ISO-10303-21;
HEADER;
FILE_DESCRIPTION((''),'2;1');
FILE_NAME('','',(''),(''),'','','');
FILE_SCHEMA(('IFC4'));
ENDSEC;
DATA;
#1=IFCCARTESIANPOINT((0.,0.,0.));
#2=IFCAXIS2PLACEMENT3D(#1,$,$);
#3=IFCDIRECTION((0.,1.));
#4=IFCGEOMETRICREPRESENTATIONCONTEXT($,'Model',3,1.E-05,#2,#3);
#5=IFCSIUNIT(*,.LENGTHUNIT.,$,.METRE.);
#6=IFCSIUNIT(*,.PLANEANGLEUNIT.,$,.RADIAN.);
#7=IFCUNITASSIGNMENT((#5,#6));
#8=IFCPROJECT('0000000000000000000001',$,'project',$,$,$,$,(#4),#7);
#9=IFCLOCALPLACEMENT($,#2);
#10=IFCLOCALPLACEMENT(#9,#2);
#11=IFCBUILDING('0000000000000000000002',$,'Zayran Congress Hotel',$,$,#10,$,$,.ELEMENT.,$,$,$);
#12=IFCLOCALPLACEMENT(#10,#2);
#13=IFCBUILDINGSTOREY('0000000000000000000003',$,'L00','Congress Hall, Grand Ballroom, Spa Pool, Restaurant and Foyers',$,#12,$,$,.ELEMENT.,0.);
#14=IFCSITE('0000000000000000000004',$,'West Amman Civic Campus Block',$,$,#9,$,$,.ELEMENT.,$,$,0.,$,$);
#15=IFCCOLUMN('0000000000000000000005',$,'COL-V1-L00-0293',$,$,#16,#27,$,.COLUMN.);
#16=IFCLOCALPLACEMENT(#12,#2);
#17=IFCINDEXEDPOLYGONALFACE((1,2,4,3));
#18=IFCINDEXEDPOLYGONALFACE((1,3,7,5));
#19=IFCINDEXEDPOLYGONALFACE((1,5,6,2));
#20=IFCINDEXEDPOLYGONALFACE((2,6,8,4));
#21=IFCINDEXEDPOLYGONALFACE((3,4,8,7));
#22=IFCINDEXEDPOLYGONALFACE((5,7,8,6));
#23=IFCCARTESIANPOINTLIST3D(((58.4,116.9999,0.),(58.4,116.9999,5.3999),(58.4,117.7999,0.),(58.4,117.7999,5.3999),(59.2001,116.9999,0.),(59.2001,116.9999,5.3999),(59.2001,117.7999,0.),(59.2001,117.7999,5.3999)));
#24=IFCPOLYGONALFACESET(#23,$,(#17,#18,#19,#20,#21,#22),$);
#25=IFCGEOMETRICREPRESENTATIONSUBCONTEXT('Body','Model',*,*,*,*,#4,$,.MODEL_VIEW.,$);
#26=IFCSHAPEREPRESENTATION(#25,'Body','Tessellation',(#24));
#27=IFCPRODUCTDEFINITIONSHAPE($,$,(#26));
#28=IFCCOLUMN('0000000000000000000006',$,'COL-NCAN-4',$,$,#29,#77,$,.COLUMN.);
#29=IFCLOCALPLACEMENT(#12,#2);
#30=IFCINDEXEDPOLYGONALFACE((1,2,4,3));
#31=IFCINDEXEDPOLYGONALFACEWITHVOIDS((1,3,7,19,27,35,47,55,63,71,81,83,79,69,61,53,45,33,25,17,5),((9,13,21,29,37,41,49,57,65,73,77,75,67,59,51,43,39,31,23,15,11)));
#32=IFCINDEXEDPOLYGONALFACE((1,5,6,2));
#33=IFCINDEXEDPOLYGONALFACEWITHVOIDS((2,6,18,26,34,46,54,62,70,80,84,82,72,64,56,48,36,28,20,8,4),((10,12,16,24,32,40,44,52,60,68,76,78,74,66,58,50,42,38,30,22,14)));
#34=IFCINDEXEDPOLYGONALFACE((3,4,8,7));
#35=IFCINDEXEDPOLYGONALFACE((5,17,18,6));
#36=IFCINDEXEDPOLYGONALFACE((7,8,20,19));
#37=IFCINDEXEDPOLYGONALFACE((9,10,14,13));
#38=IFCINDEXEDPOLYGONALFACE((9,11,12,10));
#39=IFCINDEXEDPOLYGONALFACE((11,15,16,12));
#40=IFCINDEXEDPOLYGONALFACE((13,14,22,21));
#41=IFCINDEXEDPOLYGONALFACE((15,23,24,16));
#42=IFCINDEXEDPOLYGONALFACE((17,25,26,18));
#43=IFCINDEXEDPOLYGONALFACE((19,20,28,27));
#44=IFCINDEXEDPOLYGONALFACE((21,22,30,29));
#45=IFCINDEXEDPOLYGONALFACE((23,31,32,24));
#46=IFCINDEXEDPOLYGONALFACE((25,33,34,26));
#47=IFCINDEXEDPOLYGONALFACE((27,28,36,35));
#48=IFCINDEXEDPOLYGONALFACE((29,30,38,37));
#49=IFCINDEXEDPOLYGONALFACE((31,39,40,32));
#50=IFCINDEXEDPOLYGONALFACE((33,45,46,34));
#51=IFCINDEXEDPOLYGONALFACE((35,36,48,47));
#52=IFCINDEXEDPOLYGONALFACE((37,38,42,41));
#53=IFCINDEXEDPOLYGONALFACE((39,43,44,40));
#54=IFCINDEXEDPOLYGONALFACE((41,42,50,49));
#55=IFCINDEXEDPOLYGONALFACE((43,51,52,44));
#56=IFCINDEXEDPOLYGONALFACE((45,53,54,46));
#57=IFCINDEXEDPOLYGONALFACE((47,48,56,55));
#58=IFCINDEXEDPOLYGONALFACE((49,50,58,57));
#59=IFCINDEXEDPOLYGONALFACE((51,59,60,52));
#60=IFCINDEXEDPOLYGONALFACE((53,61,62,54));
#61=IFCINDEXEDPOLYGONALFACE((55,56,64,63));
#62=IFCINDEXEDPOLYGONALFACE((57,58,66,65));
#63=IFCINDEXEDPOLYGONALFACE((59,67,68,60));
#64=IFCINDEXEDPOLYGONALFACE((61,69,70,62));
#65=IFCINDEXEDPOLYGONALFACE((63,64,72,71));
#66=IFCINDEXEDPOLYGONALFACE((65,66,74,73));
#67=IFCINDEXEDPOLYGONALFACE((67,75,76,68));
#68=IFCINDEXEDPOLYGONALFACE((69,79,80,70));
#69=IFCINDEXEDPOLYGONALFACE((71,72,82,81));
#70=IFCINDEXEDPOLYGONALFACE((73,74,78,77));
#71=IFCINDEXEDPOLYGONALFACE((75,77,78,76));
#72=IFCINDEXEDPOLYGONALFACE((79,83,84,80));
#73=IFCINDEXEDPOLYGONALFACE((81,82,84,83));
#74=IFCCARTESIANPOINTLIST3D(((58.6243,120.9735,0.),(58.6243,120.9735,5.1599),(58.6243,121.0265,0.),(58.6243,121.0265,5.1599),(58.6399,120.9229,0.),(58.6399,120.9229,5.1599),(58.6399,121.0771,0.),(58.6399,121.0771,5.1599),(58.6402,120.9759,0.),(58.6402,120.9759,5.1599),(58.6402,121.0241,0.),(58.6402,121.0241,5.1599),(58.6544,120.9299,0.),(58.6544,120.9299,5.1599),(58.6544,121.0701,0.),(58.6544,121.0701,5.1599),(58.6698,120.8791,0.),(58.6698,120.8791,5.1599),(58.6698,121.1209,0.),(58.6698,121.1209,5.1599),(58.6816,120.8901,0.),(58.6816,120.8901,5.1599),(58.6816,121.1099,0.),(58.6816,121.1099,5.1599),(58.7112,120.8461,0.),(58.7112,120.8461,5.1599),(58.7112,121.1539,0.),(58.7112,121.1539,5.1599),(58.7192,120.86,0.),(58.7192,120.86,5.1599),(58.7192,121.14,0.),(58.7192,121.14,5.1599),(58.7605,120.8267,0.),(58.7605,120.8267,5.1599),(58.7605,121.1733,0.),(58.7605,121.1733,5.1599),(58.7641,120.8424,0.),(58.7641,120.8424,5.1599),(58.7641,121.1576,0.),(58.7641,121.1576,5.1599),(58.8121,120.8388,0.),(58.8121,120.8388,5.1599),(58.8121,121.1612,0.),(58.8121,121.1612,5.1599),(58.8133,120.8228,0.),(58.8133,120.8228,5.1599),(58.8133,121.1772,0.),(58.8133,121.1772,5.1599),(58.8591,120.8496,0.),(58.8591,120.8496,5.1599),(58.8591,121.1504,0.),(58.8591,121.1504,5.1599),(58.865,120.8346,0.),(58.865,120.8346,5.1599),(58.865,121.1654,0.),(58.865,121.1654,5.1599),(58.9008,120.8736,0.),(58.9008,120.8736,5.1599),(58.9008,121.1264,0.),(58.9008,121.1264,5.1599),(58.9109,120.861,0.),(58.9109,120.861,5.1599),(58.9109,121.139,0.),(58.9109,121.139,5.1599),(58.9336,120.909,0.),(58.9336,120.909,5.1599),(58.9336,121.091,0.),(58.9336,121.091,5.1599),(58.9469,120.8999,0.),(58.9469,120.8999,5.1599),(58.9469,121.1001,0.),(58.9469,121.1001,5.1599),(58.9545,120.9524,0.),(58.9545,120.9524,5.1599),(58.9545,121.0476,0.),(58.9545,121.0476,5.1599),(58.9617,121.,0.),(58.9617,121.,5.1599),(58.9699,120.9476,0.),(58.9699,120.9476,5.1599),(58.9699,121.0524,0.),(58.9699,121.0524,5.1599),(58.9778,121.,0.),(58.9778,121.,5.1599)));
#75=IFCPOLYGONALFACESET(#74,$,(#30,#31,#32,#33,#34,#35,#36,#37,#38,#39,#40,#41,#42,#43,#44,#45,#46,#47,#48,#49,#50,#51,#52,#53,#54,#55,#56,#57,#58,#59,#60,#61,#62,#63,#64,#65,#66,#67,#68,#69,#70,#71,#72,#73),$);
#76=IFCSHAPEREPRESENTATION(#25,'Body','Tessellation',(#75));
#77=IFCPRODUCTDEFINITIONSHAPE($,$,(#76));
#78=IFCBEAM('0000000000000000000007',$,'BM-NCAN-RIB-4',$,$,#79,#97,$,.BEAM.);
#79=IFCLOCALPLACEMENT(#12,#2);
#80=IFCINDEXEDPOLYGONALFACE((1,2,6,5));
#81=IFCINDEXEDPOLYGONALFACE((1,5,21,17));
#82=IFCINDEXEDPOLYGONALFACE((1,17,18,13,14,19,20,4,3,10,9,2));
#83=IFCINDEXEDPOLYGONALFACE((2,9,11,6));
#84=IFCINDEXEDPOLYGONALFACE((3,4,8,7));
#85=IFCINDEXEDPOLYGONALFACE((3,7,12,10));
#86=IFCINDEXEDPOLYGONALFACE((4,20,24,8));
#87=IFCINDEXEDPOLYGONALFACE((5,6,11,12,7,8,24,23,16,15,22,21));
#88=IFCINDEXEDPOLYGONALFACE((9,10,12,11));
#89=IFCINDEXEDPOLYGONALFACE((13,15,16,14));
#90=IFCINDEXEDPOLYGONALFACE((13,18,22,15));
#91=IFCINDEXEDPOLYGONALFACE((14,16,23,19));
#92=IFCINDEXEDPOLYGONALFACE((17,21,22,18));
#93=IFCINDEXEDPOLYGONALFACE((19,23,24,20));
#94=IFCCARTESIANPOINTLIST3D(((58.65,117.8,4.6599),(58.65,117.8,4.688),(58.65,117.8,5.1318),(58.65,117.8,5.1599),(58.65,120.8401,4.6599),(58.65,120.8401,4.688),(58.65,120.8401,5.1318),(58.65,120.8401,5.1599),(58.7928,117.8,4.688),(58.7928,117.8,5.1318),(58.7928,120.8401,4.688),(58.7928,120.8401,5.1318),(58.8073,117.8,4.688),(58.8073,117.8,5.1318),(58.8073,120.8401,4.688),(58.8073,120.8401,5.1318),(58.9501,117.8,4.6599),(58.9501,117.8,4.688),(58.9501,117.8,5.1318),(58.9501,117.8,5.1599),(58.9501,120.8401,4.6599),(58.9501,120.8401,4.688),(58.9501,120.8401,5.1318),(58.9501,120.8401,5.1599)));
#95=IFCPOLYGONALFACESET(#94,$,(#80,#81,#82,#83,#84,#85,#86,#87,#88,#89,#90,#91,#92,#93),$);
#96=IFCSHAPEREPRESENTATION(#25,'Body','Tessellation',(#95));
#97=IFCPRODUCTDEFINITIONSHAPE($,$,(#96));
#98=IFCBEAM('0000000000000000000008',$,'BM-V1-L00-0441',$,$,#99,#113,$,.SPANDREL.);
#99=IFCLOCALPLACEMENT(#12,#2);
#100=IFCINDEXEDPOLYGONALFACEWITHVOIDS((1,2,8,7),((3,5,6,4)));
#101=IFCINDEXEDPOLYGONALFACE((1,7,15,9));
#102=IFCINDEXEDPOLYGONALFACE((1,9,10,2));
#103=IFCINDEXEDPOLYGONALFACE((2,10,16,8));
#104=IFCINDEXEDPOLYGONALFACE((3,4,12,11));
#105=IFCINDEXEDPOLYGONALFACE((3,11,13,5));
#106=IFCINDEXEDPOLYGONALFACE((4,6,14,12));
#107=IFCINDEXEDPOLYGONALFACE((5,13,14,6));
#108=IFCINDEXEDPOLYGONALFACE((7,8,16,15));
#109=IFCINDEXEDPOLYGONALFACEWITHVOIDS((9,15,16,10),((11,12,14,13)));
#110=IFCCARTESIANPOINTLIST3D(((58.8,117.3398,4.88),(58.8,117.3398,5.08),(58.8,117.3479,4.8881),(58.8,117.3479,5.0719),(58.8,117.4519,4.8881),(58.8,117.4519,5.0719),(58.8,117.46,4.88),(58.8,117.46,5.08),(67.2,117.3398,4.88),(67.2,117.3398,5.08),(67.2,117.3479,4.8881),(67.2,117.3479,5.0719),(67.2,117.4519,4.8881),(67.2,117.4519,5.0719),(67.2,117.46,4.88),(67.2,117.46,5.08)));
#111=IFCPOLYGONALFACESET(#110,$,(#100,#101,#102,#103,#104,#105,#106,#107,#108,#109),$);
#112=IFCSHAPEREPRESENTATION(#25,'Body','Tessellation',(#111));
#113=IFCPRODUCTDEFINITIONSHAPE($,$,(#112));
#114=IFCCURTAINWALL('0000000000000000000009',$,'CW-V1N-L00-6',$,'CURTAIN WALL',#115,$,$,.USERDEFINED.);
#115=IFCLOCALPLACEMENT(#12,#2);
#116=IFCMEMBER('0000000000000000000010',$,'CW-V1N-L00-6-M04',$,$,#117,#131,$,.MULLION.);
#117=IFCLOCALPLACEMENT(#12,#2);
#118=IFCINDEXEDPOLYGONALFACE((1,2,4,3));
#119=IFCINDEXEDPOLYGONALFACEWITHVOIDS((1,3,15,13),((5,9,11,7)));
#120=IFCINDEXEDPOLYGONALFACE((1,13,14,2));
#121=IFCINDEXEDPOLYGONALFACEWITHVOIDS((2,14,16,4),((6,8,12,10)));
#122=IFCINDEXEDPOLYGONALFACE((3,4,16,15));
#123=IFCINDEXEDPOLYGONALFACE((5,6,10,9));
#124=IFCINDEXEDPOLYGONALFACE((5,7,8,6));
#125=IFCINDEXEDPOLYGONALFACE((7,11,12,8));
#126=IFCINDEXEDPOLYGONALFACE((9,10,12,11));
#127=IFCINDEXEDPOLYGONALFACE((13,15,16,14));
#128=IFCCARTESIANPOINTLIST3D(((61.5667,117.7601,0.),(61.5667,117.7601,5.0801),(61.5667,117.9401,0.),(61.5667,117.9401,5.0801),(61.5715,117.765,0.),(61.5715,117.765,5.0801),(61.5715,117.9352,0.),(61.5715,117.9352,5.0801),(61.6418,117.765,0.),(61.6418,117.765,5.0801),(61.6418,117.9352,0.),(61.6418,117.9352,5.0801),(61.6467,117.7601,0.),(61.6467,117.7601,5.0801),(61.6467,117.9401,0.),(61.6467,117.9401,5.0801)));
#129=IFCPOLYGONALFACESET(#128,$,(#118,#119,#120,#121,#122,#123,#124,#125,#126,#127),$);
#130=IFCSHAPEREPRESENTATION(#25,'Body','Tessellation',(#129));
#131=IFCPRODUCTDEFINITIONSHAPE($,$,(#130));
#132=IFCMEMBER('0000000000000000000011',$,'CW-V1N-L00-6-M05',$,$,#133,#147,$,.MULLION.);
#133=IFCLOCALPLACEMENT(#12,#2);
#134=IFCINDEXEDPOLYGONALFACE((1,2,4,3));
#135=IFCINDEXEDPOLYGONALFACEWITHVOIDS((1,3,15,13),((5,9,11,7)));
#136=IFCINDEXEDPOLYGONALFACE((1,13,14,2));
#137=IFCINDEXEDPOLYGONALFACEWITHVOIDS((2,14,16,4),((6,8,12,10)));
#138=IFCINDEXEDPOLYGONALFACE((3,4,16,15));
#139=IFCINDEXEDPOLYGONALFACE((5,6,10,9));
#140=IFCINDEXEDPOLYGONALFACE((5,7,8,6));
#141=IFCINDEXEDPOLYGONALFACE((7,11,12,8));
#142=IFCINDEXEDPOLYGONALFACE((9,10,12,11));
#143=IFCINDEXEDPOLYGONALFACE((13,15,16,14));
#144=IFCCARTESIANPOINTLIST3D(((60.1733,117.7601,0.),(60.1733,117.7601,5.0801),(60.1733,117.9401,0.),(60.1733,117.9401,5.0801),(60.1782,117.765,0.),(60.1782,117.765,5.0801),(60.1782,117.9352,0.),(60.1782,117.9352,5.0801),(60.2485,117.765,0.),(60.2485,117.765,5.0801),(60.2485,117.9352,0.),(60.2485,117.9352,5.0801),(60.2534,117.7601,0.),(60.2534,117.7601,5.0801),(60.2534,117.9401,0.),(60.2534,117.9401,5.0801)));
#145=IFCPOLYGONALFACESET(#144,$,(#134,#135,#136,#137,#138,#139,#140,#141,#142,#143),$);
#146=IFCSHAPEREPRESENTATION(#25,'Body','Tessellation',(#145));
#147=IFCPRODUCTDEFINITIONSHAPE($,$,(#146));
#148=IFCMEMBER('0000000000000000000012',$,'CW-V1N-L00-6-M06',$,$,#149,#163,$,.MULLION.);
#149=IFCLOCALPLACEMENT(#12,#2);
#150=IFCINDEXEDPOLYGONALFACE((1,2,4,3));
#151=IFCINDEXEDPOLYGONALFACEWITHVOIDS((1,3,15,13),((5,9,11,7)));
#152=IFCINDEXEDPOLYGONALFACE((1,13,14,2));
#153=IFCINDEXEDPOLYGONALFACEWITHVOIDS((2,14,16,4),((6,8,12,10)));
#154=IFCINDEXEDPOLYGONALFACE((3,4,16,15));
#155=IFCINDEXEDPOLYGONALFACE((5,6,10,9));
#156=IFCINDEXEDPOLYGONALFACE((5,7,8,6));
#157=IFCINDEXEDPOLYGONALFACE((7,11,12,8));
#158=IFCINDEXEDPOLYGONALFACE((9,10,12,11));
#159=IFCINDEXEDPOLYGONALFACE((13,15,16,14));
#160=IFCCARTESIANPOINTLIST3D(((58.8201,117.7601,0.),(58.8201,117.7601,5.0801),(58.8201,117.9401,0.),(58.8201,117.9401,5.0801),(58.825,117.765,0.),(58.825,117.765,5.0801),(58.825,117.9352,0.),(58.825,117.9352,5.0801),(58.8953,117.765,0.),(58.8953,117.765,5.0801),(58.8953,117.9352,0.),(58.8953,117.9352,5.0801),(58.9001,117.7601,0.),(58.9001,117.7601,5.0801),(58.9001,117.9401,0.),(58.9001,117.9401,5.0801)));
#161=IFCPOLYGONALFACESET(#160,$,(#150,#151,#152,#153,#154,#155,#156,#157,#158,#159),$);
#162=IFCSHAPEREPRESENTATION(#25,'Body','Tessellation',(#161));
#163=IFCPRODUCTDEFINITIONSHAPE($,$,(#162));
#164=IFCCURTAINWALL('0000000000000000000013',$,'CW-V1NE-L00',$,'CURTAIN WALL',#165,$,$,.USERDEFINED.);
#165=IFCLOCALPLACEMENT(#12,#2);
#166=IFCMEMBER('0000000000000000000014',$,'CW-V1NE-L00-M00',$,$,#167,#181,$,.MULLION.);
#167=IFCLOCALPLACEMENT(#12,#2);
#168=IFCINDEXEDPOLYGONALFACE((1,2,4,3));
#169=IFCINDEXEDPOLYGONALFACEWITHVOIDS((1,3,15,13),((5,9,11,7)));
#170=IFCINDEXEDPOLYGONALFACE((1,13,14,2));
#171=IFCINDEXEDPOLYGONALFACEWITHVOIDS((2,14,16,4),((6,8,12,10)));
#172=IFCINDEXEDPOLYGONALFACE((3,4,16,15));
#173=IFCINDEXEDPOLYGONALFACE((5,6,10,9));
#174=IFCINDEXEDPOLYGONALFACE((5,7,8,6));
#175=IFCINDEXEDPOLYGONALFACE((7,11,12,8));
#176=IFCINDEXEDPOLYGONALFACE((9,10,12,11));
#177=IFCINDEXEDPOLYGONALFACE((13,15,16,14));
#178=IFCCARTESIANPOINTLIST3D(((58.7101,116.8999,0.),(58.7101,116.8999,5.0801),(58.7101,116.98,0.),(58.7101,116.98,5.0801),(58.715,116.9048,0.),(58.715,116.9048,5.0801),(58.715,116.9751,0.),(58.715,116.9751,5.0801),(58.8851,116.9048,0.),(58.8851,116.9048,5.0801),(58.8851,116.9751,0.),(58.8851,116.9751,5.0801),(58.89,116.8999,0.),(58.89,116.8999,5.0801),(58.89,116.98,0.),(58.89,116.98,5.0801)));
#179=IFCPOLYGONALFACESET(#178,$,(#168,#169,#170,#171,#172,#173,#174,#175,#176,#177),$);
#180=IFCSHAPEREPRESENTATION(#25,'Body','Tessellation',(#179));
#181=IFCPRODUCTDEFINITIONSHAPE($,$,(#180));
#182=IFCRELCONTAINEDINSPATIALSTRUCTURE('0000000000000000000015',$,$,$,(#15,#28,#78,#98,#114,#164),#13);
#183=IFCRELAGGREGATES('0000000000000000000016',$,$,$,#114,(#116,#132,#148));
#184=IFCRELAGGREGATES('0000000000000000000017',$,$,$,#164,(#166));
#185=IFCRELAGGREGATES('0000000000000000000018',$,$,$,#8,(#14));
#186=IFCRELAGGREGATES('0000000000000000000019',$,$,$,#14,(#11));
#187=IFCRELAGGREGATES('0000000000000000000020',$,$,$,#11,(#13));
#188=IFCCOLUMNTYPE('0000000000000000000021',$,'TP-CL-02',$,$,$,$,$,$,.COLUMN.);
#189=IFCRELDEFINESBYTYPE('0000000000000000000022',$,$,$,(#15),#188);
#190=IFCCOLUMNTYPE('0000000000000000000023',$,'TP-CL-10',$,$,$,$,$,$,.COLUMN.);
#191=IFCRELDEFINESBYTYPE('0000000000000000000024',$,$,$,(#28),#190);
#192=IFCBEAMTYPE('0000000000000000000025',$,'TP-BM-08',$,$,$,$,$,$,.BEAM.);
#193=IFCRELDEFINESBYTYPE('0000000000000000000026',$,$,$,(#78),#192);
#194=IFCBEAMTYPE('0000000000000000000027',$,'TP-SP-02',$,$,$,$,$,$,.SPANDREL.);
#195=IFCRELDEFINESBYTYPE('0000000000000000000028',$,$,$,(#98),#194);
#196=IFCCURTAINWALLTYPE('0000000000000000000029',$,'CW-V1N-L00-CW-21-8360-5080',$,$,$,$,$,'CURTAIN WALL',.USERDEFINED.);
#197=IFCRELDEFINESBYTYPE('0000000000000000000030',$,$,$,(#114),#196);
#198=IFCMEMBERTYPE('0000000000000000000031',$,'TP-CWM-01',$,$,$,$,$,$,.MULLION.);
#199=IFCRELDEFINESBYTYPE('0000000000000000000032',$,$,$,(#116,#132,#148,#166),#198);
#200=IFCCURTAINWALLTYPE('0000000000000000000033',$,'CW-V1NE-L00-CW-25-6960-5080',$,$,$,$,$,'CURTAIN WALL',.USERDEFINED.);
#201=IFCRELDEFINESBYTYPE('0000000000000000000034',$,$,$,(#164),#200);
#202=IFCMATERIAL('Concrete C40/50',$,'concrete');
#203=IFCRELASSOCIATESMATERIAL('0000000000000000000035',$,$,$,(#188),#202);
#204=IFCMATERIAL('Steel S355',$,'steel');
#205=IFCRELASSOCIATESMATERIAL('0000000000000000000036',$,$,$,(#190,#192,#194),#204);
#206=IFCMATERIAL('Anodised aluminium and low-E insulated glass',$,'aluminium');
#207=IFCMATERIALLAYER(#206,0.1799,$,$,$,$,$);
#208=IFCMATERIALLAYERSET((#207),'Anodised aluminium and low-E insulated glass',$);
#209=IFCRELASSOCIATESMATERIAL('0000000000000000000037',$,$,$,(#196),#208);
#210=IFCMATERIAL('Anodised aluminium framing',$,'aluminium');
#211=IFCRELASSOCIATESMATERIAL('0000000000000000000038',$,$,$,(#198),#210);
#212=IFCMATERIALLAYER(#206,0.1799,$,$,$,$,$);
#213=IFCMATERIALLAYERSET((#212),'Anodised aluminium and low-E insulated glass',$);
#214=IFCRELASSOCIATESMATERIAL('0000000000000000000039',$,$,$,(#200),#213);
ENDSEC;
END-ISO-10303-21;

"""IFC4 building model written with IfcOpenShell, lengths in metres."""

from ifc_helpers import new_model, si_unit, direction, frame, origin, origin_2d, place, context, subcontext, project, spatial, rectangle, hollow_rectangle, hollow_circle, i_section, extrude, material, layer, layer_set, material_profile, profile_set, type_object, element, aggregate, save


model = new_model("IFC4")

# Units and contexts
model_context = context("Model", 3, precision=1e-05, world=origin(), true_north=direction((0.0, 1.0)))
body_context = subcontext(model_context, "Body", "Model", "MODEL_VIEW")
ifc_project = project(units=[si_unit("LENGTHUNIT", "METRE"), si_unit("PLANEANGLEUNIT", "RADIAN")], contexts=[model_context])

# Site, building, storey
site_placement = place(None, origin())
site = spatial("IfcSite", under=ifc_project, at=site_placement, Name="West Amman Civic Campus Block", CompositionType="ELEMENT", RefElevation=0.0)
building_placement = place(site_placement, origin())
building = spatial("IfcBuilding", under=site, at=building_placement, Name="Zayran Congress Hotel", CompositionType="ELEMENT")
storey_placement = place(building_placement, origin())
storey = spatial("IfcBuildingStorey", under=building, at=storey_placement, Name="L00", Description="Congress Hall, Grand Ballroom, Spa Pool, Restaurant and Foyers", CompositionType="ELEMENT", Elevation=0.0)

# Columns
ifc_material_1 = material(Name="Concrete C40/50", Category="concrete")
ifc_material_profile_1 = material_profile(ifc_material_1, rectangle(XDim=0.8, YDim=0.8, at=origin_2d()), Name="RC 800x800")
ifc_profile_set_1 = profile_set([ifc_material_profile_1], Name="Concrete C40/50")
column_type_1 = type_object("IfcColumnType", Name="TP-CL-02", PredefinedType="COLUMN", material=ifc_profile_set_1)
column_1_placement = place(storey_placement, frame((58.8, 117.3999, 0.0), z_axis=(0.0, 0.0, 1.0), x_axis=(1.0, 0.0, 0.0)))
element("IfcColumn", 1, at=column_1_placement, inside=storey, type_object=column_type_1, Name="COL-V1-L00-0293", PredefinedType="COLUMN", context=body_context, shape_type="SweptSolid", body=[
    extrude(rectangle(XDim=0.8, YDim=0.8, at=origin_2d()), origin(), (0.0, 0.0, 1.0), 5.3999),
])
ifc_material_2 = material(Name="Steel S355", Category="steel")
ifc_material_profile_2 = material_profile(ifc_material_2, hollow_circle(Radius=0.1777, WallThickness=0.0161, at=origin_2d()), Name="CHS 355.6x16")
ifc_profile_set_2 = profile_set([ifc_material_profile_2], Name="Steel S355")
column_type_2 = type_object("IfcColumnType", Name="TP-CL-10", PredefinedType="COLUMN", material=ifc_profile_set_2)
column_2_placement = place(storey_placement, frame((58.8, 121.0, 0.0), z_axis=(0.0, 0.0, 1.0), x_axis=(1.0, 0.0, 0.0)))
element("IfcColumn", 2, at=column_2_placement, inside=storey, type_object=column_type_2, Name="COL-NCAN-4", PredefinedType="COLUMN", context=body_context, shape_type="SweptSolid", body=[
    extrude(hollow_circle(Radius=0.1777, WallThickness=0.0161, at=origin_2d()), origin(), (0.0, 0.0, 1.0), 5.1599),
])

# Beams
ifc_material_profile_3 = material_profile(ifc_material_2, i_section(OverallWidth=0.3, OverallDepth=0.5, WebThickness=0.0144, FlangeThickness=0.0281, at=origin_2d()), Name="HEB 500")
ifc_profile_set_3 = profile_set([ifc_material_profile_3], Name="Steel S355")
beam_type_1 = type_object("IfcBeamType", Name="TP-BM-08", PredefinedType="BEAM", material=ifc_profile_set_3)
beam_1_placement = place(storey_placement, frame((58.8, 117.8, 4.9099), z_axis=(0.0, 1.0, 0.0), x_axis=(-1.0, 0.0, 0.0)))
element("IfcBeam", 3, at=beam_1_placement, inside=storey, type_object=beam_type_1, Name="BM-NCAN-RIB-4", PredefinedType="BEAM", context=body_context, shape_type="SweptSolid", body=[
    extrude(i_section(OverallWidth=0.3, OverallDepth=0.5, WebThickness=0.0144, FlangeThickness=0.0281, at=origin_2d()), origin(), (0.0, 0.0, 1.0), 3.04),
])
ifc_material_profile_4 = material_profile(ifc_material_2, hollow_rectangle(XDim=0.1201, YDim=0.2, WallThickness=0.0081, at=origin_2d()), Name="RHS 200x120x8")
ifc_profile_set_4 = profile_set([ifc_material_profile_4], Name="Steel S355")
beam_type_2 = type_object("IfcBeamType", Name="TP-SP-02", PredefinedType="SPANDREL", material=ifc_profile_set_4)
beam_2_placement = place(storey_placement, frame((58.8, 117.3999, 4.98), z_axis=(1.0, 0.0, 0.0), x_axis=(0.0, 1.0, 0.0)))
element("IfcBeam", 4, at=beam_2_placement, inside=storey, type_object=beam_type_2, Name="BM-V1-L00-0441", PredefinedType="SPANDREL", context=body_context, shape_type="SweptSolid", body=[
    extrude(hollow_rectangle(XDim=0.1201, YDim=0.2, WallThickness=0.0081, at=origin_2d()), origin(), (0.0, 0.0, 1.0), 8.3999),
])

# Curtain wall, members
ifc_material_3 = material(Name="Anodised aluminium and low-E insulated glass", Category="aluminium")
ifc_layer_1 = layer(ifc_material_3, 0.1799)
ifc_layer_set_1 = layer_set([ifc_layer_1], Name="Anodised aluminium and low-E insulated glass")
curtain_wall_type_1 = type_object("IfcCurtainWallType", Name="CW-V1N-L00-CW-21-8360-5080", ElementType="CURTAIN WALL", PredefinedType="USERDEFINED", material=ifc_layer_set_1)
curtain_wall_1_placement = place(storey_placement, origin())
curtain_wall_1 = element("IfcCurtainWall", 5, at=curtain_wall_1_placement, inside=storey, type_object=curtain_wall_type_1, Name="CW-V1N-L00-6", ObjectType="CURTAIN WALL", PredefinedType="USERDEFINED")
ifc_material_4 = material(Name="Anodised aluminium framing", Category="aluminium")
ifc_material_profile_5 = material_profile(ifc_material_4, hollow_rectangle(XDim=0.0801, YDim=0.1799, WallThickness=0.0049, at=origin_2d()), Name="RHS 180x80x5")
ifc_profile_set_5 = profile_set([ifc_material_profile_5], Name="Anodised aluminium framing")
member_type_1 = type_object("IfcMemberType", Name="TP-CWM-01", PredefinedType="MULLION", material=ifc_profile_set_5)
member_1_placement = place(storey_placement, frame((61.6067, 117.8501, 0.0), z_axis=(0.0, 0.0, 1.0), x_axis=(1.0, 0.0, 0.0)))
member_1 = element("IfcMember", 6, at=member_1_placement, type_object=member_type_1, Name="CW-V1N-L00-6-M04", PredefinedType="MULLION", context=body_context, shape_type="SweptSolid", body=[
    extrude(hollow_rectangle(XDim=0.0801, YDim=0.1799, WallThickness=0.0049, at=origin_2d()), origin(), (0.0, 0.0, 1.0), 5.0801),
])
member_2_placement = place(storey_placement, frame((60.2134, 117.8501, 0.0), z_axis=(0.0, 0.0, 1.0), x_axis=(1.0, 0.0, 0.0)))
member_2 = element("IfcMember", 7, at=member_2_placement, type_object=member_type_1, Name="CW-V1N-L00-6-M05", PredefinedType="MULLION", context=body_context, shape_type="SweptSolid", body=[
    extrude(hollow_rectangle(XDim=0.0801, YDim=0.1799, WallThickness=0.0049, at=origin_2d()), origin(), (0.0, 0.0, 1.0), 5.0801),
])
member_3_placement = place(storey_placement, frame((58.8601, 117.8501, 0.0), z_axis=(0.0, 0.0, 1.0), x_axis=(1.0, 0.0, 0.0)))
member_3 = element("IfcMember", 8, at=member_3_placement, type_object=member_type_1, Name="CW-V1N-L00-6-M06", PredefinedType="MULLION", context=body_context, shape_type="SweptSolid", body=[
    extrude(hollow_rectangle(XDim=0.0801, YDim=0.1799, WallThickness=0.0049, at=origin_2d()), origin(), (0.0, 0.0, 1.0), 5.0801),
])

# Curtain wall, member
ifc_layer_2 = layer(ifc_material_3, 0.1799)
ifc_layer_set_2 = layer_set([ifc_layer_2], Name="Anodised aluminium and low-E insulated glass")
curtain_wall_type_2 = type_object("IfcCurtainWallType", Name="CW-V1NE-L00-CW-25-6960-5080", ElementType="CURTAIN WALL", PredefinedType="USERDEFINED", material=ifc_layer_set_2)
curtain_wall_2_placement = place(storey_placement, origin())
curtain_wall_2 = element("IfcCurtainWall", 9, at=curtain_wall_2_placement, inside=storey, type_object=curtain_wall_type_2, Name="CW-V1NE-L00", ObjectType="CURTAIN WALL", PredefinedType="USERDEFINED")
member_4_placement = place(storey_placement, frame((58.8, 116.9399, 0.0), z_axis=(0.0, 0.0, 1.0), x_axis=(0.0, 1.0, 0.0)))
member_4 = element("IfcMember", 10, at=member_4_placement, type_object=member_type_1, Name="CW-V1NE-L00-M00", PredefinedType="MULLION", context=body_context, shape_type="SweptSolid", body=[
    extrude(hollow_rectangle(XDim=0.0801, YDim=0.1799, WallThickness=0.0049, at=origin_2d()), origin(), (0.0, 0.0, 1.0), 5.0801),
])

aggregate(curtain_wall_1, [member_1, member_2, member_3])
aggregate(curtain_wall_2, [member_4])

save(model, "model.ifc")
